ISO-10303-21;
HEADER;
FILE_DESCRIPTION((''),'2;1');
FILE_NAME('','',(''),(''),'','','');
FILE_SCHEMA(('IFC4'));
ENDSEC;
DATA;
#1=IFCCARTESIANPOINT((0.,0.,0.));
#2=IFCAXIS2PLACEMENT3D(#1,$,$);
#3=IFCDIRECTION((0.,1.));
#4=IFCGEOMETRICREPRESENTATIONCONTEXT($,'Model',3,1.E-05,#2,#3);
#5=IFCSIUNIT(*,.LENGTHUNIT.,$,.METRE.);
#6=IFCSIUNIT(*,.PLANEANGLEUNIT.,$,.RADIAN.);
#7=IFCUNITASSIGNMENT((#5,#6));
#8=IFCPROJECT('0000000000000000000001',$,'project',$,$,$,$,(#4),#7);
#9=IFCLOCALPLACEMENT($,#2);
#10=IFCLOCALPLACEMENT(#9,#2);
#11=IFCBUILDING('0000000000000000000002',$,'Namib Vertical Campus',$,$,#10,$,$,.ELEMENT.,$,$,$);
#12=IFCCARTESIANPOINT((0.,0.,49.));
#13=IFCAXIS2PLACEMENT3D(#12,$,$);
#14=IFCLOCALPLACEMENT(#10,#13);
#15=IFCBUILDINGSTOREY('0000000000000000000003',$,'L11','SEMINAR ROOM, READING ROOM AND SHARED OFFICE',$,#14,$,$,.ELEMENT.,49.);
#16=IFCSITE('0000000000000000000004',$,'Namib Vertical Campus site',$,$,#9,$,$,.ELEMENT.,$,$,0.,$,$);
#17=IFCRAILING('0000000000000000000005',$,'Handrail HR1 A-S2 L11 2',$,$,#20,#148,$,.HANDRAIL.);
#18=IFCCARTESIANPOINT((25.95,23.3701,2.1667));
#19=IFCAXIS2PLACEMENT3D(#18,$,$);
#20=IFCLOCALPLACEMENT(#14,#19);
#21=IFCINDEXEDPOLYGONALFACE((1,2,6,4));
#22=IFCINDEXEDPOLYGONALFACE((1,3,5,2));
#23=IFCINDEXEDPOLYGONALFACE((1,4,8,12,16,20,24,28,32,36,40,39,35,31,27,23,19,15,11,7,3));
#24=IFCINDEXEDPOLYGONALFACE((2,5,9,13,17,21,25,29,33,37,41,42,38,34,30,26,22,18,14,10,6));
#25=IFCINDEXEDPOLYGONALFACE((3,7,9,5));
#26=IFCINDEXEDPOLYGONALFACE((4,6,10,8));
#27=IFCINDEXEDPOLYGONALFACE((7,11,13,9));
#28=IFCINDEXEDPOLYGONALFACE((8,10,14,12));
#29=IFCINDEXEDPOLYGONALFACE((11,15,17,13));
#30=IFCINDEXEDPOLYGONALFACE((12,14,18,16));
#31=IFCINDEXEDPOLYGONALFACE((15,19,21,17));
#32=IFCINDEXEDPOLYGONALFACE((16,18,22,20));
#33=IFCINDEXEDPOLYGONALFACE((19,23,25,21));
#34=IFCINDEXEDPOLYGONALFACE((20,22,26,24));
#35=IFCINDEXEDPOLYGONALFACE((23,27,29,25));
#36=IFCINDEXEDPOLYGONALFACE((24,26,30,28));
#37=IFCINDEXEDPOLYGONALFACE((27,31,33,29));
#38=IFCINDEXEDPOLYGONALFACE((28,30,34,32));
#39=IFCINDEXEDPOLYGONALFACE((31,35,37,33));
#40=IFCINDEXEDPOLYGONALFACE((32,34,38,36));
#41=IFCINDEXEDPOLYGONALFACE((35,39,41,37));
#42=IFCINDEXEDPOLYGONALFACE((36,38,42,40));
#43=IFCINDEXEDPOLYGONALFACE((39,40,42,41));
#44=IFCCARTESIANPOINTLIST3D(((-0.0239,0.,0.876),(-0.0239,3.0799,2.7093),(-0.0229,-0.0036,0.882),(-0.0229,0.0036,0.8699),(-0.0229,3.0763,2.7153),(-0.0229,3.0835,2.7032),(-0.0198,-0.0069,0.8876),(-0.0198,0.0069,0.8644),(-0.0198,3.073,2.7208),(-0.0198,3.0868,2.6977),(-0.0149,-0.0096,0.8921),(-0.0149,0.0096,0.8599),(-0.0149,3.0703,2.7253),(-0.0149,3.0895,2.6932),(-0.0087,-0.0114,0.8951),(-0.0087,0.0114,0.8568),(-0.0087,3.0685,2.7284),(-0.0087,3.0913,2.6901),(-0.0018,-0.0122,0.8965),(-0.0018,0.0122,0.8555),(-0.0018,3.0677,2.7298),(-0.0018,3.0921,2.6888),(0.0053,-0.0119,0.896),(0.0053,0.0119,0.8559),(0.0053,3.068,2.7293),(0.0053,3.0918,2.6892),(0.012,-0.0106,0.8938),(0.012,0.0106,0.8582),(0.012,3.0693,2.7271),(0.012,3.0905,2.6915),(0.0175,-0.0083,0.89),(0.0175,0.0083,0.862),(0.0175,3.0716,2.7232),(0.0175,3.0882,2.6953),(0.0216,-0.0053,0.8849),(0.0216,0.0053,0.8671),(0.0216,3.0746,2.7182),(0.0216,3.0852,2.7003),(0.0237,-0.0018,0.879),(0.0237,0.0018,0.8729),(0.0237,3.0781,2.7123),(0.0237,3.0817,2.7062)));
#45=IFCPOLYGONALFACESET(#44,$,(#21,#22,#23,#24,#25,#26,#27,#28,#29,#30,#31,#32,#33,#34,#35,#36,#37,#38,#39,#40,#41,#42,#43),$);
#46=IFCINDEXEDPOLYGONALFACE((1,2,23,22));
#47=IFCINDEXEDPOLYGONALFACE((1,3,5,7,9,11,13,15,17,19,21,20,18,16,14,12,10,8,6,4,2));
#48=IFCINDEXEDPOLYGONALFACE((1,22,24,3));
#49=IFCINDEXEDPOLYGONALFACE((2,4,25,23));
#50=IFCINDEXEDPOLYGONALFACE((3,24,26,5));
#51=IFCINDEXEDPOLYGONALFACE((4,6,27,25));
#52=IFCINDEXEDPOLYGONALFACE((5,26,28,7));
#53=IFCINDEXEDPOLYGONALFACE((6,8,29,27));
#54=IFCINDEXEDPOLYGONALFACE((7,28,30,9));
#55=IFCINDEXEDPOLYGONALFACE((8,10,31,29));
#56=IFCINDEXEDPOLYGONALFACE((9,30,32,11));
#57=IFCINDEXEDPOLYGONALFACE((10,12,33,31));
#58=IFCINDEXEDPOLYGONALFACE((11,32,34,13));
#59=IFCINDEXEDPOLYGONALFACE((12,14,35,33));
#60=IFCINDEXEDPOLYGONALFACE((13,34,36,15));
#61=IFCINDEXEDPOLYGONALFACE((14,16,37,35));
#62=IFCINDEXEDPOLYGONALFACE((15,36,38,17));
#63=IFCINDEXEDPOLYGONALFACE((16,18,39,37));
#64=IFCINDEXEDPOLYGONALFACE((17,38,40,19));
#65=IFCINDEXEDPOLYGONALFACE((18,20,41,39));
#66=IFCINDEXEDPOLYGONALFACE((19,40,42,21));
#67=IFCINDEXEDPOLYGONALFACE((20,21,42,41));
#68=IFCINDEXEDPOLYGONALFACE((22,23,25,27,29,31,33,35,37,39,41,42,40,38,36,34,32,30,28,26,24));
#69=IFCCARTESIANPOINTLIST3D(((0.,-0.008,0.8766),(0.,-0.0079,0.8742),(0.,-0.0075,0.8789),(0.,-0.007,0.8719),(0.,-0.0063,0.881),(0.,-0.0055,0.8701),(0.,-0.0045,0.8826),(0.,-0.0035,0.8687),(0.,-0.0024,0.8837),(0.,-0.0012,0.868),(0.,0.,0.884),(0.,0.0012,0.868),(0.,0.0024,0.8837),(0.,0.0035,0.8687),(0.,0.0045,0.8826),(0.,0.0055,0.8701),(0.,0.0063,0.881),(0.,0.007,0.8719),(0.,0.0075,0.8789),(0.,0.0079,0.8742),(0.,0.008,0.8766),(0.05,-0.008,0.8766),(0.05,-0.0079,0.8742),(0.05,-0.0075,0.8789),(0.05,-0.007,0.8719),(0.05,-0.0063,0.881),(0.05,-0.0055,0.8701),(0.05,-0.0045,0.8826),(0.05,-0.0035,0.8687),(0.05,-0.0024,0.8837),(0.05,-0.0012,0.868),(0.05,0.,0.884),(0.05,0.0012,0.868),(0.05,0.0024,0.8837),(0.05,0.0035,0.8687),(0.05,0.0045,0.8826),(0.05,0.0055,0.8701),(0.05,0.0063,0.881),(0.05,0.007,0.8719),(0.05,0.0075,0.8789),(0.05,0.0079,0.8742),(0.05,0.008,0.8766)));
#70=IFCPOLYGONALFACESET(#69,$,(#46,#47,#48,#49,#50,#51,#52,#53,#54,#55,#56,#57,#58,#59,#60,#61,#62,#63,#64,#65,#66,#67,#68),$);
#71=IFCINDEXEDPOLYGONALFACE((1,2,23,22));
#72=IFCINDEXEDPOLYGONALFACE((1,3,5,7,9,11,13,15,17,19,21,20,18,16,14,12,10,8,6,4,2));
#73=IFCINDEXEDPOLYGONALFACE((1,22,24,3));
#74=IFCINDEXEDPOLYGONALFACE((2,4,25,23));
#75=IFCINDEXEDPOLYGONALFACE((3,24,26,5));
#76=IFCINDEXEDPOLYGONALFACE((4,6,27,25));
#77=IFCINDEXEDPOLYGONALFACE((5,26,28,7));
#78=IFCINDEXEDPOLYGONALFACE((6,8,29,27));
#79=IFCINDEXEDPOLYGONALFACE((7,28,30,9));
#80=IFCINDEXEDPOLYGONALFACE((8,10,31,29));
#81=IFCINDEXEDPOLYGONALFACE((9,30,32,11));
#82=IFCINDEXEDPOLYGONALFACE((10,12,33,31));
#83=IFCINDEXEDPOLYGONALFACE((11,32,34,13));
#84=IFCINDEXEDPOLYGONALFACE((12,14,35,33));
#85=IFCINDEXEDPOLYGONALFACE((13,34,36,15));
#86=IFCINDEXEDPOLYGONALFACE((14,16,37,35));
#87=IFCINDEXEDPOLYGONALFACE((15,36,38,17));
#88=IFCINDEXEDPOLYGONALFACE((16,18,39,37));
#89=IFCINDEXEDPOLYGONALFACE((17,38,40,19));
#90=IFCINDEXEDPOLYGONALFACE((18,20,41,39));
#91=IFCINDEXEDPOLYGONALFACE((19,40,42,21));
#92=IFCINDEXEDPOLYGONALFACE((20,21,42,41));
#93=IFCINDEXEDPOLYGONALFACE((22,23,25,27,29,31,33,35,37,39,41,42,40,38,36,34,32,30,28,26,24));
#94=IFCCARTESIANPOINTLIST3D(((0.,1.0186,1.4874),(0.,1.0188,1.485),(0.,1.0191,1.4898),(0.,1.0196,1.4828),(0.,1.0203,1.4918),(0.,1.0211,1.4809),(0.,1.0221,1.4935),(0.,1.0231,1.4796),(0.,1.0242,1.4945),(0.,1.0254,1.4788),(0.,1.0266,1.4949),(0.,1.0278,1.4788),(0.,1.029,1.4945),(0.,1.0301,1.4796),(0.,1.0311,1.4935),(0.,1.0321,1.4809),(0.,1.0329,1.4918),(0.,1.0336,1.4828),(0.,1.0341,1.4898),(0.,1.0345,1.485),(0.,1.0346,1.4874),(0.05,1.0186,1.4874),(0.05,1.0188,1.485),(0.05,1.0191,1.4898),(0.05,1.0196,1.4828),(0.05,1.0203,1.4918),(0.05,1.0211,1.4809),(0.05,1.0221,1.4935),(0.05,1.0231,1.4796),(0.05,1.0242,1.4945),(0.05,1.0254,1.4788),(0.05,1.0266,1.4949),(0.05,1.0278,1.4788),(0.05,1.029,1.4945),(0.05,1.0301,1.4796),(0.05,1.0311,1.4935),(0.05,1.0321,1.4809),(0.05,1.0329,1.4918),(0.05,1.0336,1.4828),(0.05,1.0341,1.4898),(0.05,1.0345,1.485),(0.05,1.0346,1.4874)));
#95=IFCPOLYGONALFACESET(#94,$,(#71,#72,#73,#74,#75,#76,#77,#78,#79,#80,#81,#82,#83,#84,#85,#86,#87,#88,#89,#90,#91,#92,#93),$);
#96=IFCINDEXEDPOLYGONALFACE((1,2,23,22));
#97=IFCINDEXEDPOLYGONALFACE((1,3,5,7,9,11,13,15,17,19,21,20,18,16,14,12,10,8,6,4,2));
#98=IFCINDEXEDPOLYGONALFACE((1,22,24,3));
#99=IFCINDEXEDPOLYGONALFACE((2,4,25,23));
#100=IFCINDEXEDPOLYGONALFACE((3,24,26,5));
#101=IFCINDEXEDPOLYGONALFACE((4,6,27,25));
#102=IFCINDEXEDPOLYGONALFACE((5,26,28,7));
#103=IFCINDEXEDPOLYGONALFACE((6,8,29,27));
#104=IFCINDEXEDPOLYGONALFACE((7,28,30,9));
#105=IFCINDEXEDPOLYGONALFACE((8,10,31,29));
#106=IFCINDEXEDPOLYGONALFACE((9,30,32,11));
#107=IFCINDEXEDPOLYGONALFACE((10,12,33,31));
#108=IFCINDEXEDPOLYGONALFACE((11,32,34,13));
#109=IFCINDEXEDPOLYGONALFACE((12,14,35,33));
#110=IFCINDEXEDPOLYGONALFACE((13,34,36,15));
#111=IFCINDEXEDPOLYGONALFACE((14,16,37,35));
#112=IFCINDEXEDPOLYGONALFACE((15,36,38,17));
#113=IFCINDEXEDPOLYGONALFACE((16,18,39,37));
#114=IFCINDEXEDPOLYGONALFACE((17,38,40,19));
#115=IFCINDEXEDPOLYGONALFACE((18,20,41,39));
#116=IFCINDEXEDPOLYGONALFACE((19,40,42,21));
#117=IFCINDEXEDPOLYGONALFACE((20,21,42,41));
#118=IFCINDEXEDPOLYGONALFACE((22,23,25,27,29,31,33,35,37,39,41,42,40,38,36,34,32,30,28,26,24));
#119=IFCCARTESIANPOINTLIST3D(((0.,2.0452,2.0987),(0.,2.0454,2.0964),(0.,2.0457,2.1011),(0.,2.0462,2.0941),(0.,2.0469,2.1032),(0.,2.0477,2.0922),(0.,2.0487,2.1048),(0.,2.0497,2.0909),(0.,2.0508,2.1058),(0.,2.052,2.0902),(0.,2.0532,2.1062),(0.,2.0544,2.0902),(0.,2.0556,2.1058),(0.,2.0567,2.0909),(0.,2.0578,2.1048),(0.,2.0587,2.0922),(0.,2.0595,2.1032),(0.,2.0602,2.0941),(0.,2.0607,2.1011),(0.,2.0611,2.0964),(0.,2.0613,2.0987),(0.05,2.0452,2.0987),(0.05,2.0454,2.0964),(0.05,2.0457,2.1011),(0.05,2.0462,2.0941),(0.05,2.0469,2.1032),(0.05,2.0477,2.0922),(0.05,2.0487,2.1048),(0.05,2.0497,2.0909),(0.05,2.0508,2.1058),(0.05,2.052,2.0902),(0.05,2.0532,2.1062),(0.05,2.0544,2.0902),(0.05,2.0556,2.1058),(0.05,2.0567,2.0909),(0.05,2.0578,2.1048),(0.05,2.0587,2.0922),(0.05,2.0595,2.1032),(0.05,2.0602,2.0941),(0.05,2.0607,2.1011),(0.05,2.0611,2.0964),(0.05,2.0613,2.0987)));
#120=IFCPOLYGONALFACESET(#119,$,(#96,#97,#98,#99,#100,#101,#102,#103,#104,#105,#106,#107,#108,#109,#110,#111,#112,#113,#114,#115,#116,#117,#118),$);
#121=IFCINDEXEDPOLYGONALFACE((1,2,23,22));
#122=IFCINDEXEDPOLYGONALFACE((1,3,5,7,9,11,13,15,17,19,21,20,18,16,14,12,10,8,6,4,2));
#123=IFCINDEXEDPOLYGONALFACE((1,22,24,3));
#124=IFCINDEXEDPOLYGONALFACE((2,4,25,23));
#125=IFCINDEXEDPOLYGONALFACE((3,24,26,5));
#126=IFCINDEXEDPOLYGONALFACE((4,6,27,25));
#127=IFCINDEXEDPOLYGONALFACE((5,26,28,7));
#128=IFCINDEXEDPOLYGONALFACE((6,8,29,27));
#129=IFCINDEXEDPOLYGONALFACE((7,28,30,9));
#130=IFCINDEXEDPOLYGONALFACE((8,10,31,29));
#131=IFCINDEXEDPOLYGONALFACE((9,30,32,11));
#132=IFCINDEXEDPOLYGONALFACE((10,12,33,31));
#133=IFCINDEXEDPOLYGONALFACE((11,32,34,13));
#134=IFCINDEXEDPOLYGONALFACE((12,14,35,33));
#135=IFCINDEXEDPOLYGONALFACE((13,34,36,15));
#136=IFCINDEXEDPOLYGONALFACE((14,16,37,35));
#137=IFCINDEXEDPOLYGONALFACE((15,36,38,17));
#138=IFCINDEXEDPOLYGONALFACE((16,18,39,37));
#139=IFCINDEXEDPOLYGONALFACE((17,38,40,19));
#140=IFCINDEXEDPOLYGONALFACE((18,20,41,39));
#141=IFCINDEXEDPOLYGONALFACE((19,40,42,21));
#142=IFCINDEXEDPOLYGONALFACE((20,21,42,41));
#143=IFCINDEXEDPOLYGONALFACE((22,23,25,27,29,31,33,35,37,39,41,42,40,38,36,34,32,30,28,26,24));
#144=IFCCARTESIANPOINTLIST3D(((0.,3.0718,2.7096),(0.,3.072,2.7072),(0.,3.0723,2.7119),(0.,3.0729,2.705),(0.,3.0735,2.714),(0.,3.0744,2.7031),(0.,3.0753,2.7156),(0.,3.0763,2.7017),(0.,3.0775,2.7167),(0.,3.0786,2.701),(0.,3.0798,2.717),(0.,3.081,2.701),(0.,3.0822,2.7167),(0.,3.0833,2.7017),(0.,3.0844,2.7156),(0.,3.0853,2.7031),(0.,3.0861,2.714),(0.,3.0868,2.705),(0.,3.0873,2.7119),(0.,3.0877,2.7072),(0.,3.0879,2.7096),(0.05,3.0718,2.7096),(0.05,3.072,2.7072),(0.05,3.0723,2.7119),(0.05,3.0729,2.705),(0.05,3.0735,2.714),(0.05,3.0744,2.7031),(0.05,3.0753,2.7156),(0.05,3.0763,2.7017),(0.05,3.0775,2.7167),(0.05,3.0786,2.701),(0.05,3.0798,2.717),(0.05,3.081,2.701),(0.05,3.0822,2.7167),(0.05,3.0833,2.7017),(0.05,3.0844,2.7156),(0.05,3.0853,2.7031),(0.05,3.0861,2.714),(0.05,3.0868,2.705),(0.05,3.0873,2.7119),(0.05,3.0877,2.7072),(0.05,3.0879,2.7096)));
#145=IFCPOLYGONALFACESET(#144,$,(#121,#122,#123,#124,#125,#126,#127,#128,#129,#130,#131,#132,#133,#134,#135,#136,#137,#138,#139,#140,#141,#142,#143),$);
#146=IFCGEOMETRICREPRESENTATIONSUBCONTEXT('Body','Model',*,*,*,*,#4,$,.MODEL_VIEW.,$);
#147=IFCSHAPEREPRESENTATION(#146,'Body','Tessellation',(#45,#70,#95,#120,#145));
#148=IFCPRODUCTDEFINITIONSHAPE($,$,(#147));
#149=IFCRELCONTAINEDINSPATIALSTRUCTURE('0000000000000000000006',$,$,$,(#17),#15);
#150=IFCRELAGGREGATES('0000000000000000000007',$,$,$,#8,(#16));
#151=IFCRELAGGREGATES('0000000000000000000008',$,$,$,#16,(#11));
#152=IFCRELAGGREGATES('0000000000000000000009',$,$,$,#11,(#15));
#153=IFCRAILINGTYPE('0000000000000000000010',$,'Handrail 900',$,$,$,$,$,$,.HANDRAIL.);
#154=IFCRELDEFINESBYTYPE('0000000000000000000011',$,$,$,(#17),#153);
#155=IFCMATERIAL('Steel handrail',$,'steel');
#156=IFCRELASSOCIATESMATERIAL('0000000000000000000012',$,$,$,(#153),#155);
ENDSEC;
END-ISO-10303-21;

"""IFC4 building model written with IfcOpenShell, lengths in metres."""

from ifc_helpers import new_model, si_unit, direction, frame, origin, origin_2d, place, context, subcontext, project, spatial, circle, extrude, material, type_object, element, save


model = new_model("IFC4")

# Units and contexts
model_context = context("Model", 3, precision=1e-05, world=origin(), true_north=direction((0.0, 1.0)))
body_context = subcontext(model_context, "Body", "Model", "MODEL_VIEW")
ifc_project = project(units=[si_unit("LENGTHUNIT", "METRE"), si_unit("PLANEANGLEUNIT", "RADIAN")], contexts=[model_context])

# Site, building, storey
site_placement = place(None, origin())
site = spatial("IfcSite", under=ifc_project, at=site_placement, Name="Namib Vertical Campus site", CompositionType="ELEMENT", RefElevation=0.0)
building_placement = place(site_placement, origin())
building = spatial("IfcBuilding", under=site, at=building_placement, Name="Namib Vertical Campus", CompositionType="ELEMENT")
storey_placement = place(building_placement, frame((0.0, 0.0, 49.0)))
storey = spatial("IfcBuildingStorey", under=building, at=storey_placement, Name="L11", Description="SEMINAR ROOM, READING ROOM AND SHARED OFFICE", CompositionType="ELEMENT", Elevation=49.0)

# Railing
ifc_material_1 = material(Name="Steel handrail", Category="steel")
railing_type_1 = type_object("IfcRailingType", Name="Handrail 900", PredefinedType="HANDRAIL", material=ifc_material_1)
railing_1_placement = place(storey_placement, frame((25.95, 23.3701, 2.1667)))
element("IfcRailing", 1, at=railing_1_placement, inside=storey, type_object=railing_type_1, Name="Handrail HR1 A-S2 L11 2", PredefinedType="HANDRAIL", context=body_context, shape_type="SweptSolid", body=[
    extrude(circle(Radius=0.0239, at=origin_2d()), frame((0.0, 0.0, 0.876), z_axis=(0.0, 0.859291, 0.511487), x_axis=(-1.0, 0.0, 0.0)), (0.0, 0.0, 1.0), 3.5842),
    extrude(circle(Radius=0.0081, at=origin_2d()), frame((0.0, 0.0, 0.876), z_axis=(1.0, 0.0, 0.0), x_axis=(0.0, 0.0, 1.0)), (0.0, 0.0, 1.0), 0.05),
    extrude(circle(Radius=0.0081, at=origin_2d()), frame((0.0, 1.0266, 1.4868), z_axis=(1.0, 0.0, 0.0), x_axis=(0.0, 0.0, 1.0)), (0.0, 0.0, 1.0), 0.05),
    extrude(circle(Radius=0.0081, at=origin_2d()), frame((0.0, 2.0532, 2.0981), z_axis=(1.0, 0.0, 0.0), x_axis=(0.0, 0.0, 1.0)), (0.0, 0.0, 1.0), 0.05),
    extrude(circle(Radius=0.0081, at=origin_2d()), frame((0.0, 3.0798, 2.709), z_axis=(1.0, 0.0, 0.0), x_axis=(0.0, 0.0, 1.0)), (0.0, 0.0, 1.0), 0.05),
])

save(model, "model.ifc")
